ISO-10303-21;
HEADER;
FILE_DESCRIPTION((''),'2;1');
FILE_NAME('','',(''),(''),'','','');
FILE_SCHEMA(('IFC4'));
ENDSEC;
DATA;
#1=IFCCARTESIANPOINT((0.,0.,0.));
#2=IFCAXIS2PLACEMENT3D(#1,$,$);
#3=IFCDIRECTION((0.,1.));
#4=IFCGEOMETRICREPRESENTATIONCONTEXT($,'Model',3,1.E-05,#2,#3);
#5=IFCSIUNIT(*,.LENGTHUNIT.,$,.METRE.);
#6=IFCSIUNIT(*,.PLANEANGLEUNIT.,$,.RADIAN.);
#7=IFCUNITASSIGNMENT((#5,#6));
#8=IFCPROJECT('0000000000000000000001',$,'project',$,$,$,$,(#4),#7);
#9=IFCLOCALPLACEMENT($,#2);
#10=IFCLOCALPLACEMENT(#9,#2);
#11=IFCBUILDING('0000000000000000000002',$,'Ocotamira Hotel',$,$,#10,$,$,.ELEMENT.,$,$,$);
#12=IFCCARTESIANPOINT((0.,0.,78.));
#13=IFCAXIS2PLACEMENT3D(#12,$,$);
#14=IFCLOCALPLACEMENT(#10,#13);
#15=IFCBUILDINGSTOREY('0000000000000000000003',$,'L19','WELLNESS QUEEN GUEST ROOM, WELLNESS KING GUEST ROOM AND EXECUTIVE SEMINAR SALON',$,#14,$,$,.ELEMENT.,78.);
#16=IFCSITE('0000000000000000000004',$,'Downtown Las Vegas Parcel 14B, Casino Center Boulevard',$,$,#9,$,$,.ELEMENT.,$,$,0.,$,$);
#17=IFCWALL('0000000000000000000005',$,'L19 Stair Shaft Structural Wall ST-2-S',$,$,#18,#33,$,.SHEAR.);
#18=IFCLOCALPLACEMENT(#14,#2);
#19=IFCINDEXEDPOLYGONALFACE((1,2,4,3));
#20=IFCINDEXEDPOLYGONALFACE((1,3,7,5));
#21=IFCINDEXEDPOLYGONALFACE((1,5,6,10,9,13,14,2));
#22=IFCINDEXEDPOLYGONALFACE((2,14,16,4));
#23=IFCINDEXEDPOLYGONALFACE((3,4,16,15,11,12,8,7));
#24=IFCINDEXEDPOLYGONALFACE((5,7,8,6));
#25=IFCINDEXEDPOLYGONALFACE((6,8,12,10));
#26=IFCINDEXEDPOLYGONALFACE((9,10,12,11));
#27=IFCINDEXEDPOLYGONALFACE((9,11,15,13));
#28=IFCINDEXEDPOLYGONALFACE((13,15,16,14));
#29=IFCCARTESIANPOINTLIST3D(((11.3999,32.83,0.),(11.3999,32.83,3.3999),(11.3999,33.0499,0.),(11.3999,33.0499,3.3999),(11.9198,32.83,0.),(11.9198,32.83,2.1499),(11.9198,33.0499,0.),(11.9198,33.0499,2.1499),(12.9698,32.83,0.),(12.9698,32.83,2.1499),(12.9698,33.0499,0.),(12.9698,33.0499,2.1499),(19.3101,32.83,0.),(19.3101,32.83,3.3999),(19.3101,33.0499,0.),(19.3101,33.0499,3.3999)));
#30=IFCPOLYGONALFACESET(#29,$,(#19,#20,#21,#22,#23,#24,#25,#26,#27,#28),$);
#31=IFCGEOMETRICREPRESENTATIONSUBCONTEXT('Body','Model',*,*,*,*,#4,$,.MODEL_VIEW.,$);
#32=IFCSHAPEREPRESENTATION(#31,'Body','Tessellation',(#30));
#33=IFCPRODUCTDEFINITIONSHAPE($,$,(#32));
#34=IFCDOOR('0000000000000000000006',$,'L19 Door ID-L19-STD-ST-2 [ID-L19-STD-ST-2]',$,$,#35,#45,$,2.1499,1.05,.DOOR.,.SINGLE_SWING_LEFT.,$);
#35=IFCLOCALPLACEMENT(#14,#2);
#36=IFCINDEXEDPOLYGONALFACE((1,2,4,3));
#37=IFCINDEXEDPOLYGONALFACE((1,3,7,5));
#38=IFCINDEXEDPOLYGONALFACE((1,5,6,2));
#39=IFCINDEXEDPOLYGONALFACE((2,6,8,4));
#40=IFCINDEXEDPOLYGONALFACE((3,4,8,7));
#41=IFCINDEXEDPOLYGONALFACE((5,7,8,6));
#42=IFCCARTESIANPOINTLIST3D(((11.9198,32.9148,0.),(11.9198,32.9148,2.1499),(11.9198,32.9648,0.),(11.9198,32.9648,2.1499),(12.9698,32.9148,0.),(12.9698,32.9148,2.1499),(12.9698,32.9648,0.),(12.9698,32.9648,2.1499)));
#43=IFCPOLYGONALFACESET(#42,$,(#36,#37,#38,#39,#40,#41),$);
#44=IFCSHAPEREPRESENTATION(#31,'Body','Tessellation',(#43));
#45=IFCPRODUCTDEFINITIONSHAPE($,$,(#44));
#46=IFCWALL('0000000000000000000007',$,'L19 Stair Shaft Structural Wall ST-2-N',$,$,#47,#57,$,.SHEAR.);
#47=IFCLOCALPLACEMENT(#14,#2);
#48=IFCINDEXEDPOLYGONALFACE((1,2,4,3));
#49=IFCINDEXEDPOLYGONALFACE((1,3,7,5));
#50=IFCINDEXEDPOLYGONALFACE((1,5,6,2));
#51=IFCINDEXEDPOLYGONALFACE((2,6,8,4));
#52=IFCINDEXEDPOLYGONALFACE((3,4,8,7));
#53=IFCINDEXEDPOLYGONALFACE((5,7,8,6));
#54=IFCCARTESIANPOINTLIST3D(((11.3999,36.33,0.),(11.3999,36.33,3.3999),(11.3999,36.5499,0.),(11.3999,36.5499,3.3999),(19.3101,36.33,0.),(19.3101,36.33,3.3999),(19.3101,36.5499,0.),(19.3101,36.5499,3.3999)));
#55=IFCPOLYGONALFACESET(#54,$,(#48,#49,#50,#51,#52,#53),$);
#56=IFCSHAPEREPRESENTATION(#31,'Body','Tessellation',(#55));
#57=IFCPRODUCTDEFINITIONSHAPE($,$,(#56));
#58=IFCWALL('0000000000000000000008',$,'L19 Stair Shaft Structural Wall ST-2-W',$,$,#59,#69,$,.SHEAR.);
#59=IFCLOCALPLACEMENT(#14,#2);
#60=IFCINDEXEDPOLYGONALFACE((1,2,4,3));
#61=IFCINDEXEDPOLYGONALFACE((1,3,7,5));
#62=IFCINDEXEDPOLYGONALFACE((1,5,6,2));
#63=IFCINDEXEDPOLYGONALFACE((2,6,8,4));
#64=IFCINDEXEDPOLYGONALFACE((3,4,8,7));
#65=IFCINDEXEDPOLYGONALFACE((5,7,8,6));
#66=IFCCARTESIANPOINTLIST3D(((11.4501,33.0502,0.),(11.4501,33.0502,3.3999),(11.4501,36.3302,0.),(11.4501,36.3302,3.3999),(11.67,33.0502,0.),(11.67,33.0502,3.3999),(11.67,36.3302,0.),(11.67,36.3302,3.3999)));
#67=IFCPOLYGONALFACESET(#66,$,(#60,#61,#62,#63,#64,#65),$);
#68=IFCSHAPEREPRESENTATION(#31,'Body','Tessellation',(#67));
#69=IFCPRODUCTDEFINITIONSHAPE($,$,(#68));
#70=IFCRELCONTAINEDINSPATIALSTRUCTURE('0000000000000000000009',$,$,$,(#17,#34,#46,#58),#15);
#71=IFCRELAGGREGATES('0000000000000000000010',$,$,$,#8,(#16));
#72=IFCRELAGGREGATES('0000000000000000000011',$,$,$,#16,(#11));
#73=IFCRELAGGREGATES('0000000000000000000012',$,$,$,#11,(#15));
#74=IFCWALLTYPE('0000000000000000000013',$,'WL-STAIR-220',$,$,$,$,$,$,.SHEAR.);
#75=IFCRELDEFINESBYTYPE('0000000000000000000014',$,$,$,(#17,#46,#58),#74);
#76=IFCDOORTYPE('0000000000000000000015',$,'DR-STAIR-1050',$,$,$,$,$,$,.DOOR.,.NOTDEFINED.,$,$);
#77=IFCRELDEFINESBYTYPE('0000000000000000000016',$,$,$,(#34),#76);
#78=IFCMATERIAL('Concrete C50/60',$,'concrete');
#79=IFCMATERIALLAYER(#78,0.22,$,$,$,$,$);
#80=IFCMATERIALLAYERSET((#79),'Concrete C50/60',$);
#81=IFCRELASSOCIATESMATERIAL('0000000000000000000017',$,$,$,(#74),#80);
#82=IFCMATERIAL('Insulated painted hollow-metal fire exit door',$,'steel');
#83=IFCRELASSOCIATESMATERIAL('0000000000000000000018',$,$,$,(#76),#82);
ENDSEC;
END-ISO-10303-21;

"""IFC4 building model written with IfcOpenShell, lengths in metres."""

from ifc_helpers import new_model, si_unit, direction, frame, frame_2d, origin, place, context, subcontext, project, spatial, rectangle, extrude, source, transform, mapped, material, layer, layer_set, type_object, element, fill, save


model = new_model("IFC4")

# Units and contexts
model_context = context("Model", 3, precision=1e-05, world=origin(), true_north=direction((0.0, 1.0)))
body_context = subcontext(model_context, "Body", "Model", "MODEL_VIEW")
ifc_project = project(units=[si_unit("LENGTHUNIT", "METRE"), si_unit("PLANEANGLEUNIT", "RADIAN")], contexts=[model_context])

# Site, building, storey
site_placement = place(None, origin())
site = spatial("IfcSite", under=ifc_project, at=site_placement, Name="Downtown Las Vegas Parcel 14B, Casino Center Boulevard", CompositionType="ELEMENT", RefElevation=0.0)
building_placement = place(site_placement, origin())
building = spatial("IfcBuilding", under=site, at=building_placement, Name="Ocotamira Hotel", CompositionType="ELEMENT")
storey_placement = place(building_placement, frame((0.0, 0.0, 78.0)))
storey = spatial("IfcBuildingStorey", under=building, at=storey_placement, Name="L19", Description="WELLNESS QUEEN GUEST ROOM, WELLNESS KING GUEST ROOM AND EXECUTIVE SEMINAR SALON", CompositionType="ELEMENT", Elevation=78.0)

# Wall, opening, door
ifc_material_1 = material(Name="Concrete C50/60", Category="concrete")
ifc_layer_1 = layer(ifc_material_1, 0.22)
ifc_layer_set_1 = layer_set([ifc_layer_1], Name="Concrete C50/60")
wall_type_1 = type_object("IfcWallType", Name="WL-STAIR-220", PredefinedType="SHEAR", material=ifc_layer_set_1)
wall_1_placement = place(storey_placement, frame((11.3999, 32.9399, 0.0), z_axis=(0.0, 0.0, 1.0), x_axis=(1.0, 0.0, 0.0)))
wall_1 = element("IfcWall", 1, at=wall_1_placement, inside=storey, type_object=wall_type_1, Name="L19 Stair Shaft Structural Wall ST-2-S", PredefinedType="SHEAR", context=body_context, shape_type="SweptSolid", body=[
    extrude(rectangle(XDim=7.9102, YDim=0.22, at=frame_2d((3.9551, 0.0))), origin(), (0.0, 0.0, 1.0), 3.3999),
])
opening_1_placement = place(wall_1_placement, frame((0.52, 0.0, 0.0)))
opening_1 = element("IfcOpeningElement", 2, at=opening_1_placement, cuts=wall_1, PredefinedType="OPENING", context=body_context, shape_type="SweptSolid", body=[
    extrude(rectangle(XDim=1.05, YDim=2.1499, at=frame_2d((0.5249, 1.075))), frame((0.0, 0.1201, 0.0), z_axis=(0.0, -1.0, 0.0), x_axis=(1.0, 0.0, 0.0)), (0.0, 0.0, 1.0), 0.24),
])
ifc_material_2 = material(Name="Insulated painted hollow-metal fire exit door", Category="steel")
door_type_1 = type_object("IfcDoorType", Name="DR-STAIR-1050", OperationType="NOTDEFINED", PredefinedType="DOOR", material=ifc_material_2)
shared_shape_1 = source(origin(), body_context, "Body", "SweptSolid", [
    extrude(rectangle(XDim=1.05, YDim=2.1499, at=frame_2d((0.5249, 1.075))), frame((0.0, 0.0249, 0.0), z_axis=(0.0, -1.0, 0.0), x_axis=(1.0, 0.0, 0.0)), (0.0, 0.0, 1.0), 0.05),
])
door_1_placement = place(opening_1_placement, origin())
door_1 = element("IfcDoor", 3, at=door_1_placement, inside=storey, type_object=door_type_1, Name="L19 Door ID-L19-STD-ST-2 [ID-L19-STD-ST-2]", OperationType="SINGLE_SWING_LEFT", OverallHeight=2.1499, OverallWidth=1.05, PredefinedType="DOOR", context=body_context, shape_type="MappedRepresentation", body=[
    mapped(shared_shape_1, transform((0.0, 0.0, 0.0), scale=1.0)),
])
fill(opening_1, door_1)

# Walls
wall_2_placement = place(storey_placement, frame((11.3999, 36.4399, 0.0), z_axis=(0.0, 0.0, 1.0), x_axis=(1.0, 0.0, 0.0)))
element("IfcWall", 4, at=wall_2_placement, inside=storey, type_object=wall_type_1, Name="L19 Stair Shaft Structural Wall ST-2-N", PredefinedType="SHEAR", context=body_context, shape_type="SweptSolid", body=[
    extrude(rectangle(XDim=7.9102, YDim=0.22, at=frame_2d((3.9551, 0.0))), origin(), (0.0, 0.0, 1.0), 3.3999),
])
wall_3_placement = place(storey_placement, frame((11.5601, 33.05, 0.0), z_axis=(0.0, 0.0, 1.0), x_axis=(0.0, 1.0, 0.0)))
element("IfcWall", 5, at=wall_3_placement, inside=storey, type_object=wall_type_1, Name="L19 Stair Shaft Structural Wall ST-2-W", PredefinedType="SHEAR", context=body_context, shape_type="SweptSolid", body=[
    extrude(rectangle(XDim=3.28, YDim=0.22, at=frame_2d((1.6401, 0.0))), origin(), (0.0, 0.0, 1.0), 3.3999),
])

save(model, "model.ifc")
